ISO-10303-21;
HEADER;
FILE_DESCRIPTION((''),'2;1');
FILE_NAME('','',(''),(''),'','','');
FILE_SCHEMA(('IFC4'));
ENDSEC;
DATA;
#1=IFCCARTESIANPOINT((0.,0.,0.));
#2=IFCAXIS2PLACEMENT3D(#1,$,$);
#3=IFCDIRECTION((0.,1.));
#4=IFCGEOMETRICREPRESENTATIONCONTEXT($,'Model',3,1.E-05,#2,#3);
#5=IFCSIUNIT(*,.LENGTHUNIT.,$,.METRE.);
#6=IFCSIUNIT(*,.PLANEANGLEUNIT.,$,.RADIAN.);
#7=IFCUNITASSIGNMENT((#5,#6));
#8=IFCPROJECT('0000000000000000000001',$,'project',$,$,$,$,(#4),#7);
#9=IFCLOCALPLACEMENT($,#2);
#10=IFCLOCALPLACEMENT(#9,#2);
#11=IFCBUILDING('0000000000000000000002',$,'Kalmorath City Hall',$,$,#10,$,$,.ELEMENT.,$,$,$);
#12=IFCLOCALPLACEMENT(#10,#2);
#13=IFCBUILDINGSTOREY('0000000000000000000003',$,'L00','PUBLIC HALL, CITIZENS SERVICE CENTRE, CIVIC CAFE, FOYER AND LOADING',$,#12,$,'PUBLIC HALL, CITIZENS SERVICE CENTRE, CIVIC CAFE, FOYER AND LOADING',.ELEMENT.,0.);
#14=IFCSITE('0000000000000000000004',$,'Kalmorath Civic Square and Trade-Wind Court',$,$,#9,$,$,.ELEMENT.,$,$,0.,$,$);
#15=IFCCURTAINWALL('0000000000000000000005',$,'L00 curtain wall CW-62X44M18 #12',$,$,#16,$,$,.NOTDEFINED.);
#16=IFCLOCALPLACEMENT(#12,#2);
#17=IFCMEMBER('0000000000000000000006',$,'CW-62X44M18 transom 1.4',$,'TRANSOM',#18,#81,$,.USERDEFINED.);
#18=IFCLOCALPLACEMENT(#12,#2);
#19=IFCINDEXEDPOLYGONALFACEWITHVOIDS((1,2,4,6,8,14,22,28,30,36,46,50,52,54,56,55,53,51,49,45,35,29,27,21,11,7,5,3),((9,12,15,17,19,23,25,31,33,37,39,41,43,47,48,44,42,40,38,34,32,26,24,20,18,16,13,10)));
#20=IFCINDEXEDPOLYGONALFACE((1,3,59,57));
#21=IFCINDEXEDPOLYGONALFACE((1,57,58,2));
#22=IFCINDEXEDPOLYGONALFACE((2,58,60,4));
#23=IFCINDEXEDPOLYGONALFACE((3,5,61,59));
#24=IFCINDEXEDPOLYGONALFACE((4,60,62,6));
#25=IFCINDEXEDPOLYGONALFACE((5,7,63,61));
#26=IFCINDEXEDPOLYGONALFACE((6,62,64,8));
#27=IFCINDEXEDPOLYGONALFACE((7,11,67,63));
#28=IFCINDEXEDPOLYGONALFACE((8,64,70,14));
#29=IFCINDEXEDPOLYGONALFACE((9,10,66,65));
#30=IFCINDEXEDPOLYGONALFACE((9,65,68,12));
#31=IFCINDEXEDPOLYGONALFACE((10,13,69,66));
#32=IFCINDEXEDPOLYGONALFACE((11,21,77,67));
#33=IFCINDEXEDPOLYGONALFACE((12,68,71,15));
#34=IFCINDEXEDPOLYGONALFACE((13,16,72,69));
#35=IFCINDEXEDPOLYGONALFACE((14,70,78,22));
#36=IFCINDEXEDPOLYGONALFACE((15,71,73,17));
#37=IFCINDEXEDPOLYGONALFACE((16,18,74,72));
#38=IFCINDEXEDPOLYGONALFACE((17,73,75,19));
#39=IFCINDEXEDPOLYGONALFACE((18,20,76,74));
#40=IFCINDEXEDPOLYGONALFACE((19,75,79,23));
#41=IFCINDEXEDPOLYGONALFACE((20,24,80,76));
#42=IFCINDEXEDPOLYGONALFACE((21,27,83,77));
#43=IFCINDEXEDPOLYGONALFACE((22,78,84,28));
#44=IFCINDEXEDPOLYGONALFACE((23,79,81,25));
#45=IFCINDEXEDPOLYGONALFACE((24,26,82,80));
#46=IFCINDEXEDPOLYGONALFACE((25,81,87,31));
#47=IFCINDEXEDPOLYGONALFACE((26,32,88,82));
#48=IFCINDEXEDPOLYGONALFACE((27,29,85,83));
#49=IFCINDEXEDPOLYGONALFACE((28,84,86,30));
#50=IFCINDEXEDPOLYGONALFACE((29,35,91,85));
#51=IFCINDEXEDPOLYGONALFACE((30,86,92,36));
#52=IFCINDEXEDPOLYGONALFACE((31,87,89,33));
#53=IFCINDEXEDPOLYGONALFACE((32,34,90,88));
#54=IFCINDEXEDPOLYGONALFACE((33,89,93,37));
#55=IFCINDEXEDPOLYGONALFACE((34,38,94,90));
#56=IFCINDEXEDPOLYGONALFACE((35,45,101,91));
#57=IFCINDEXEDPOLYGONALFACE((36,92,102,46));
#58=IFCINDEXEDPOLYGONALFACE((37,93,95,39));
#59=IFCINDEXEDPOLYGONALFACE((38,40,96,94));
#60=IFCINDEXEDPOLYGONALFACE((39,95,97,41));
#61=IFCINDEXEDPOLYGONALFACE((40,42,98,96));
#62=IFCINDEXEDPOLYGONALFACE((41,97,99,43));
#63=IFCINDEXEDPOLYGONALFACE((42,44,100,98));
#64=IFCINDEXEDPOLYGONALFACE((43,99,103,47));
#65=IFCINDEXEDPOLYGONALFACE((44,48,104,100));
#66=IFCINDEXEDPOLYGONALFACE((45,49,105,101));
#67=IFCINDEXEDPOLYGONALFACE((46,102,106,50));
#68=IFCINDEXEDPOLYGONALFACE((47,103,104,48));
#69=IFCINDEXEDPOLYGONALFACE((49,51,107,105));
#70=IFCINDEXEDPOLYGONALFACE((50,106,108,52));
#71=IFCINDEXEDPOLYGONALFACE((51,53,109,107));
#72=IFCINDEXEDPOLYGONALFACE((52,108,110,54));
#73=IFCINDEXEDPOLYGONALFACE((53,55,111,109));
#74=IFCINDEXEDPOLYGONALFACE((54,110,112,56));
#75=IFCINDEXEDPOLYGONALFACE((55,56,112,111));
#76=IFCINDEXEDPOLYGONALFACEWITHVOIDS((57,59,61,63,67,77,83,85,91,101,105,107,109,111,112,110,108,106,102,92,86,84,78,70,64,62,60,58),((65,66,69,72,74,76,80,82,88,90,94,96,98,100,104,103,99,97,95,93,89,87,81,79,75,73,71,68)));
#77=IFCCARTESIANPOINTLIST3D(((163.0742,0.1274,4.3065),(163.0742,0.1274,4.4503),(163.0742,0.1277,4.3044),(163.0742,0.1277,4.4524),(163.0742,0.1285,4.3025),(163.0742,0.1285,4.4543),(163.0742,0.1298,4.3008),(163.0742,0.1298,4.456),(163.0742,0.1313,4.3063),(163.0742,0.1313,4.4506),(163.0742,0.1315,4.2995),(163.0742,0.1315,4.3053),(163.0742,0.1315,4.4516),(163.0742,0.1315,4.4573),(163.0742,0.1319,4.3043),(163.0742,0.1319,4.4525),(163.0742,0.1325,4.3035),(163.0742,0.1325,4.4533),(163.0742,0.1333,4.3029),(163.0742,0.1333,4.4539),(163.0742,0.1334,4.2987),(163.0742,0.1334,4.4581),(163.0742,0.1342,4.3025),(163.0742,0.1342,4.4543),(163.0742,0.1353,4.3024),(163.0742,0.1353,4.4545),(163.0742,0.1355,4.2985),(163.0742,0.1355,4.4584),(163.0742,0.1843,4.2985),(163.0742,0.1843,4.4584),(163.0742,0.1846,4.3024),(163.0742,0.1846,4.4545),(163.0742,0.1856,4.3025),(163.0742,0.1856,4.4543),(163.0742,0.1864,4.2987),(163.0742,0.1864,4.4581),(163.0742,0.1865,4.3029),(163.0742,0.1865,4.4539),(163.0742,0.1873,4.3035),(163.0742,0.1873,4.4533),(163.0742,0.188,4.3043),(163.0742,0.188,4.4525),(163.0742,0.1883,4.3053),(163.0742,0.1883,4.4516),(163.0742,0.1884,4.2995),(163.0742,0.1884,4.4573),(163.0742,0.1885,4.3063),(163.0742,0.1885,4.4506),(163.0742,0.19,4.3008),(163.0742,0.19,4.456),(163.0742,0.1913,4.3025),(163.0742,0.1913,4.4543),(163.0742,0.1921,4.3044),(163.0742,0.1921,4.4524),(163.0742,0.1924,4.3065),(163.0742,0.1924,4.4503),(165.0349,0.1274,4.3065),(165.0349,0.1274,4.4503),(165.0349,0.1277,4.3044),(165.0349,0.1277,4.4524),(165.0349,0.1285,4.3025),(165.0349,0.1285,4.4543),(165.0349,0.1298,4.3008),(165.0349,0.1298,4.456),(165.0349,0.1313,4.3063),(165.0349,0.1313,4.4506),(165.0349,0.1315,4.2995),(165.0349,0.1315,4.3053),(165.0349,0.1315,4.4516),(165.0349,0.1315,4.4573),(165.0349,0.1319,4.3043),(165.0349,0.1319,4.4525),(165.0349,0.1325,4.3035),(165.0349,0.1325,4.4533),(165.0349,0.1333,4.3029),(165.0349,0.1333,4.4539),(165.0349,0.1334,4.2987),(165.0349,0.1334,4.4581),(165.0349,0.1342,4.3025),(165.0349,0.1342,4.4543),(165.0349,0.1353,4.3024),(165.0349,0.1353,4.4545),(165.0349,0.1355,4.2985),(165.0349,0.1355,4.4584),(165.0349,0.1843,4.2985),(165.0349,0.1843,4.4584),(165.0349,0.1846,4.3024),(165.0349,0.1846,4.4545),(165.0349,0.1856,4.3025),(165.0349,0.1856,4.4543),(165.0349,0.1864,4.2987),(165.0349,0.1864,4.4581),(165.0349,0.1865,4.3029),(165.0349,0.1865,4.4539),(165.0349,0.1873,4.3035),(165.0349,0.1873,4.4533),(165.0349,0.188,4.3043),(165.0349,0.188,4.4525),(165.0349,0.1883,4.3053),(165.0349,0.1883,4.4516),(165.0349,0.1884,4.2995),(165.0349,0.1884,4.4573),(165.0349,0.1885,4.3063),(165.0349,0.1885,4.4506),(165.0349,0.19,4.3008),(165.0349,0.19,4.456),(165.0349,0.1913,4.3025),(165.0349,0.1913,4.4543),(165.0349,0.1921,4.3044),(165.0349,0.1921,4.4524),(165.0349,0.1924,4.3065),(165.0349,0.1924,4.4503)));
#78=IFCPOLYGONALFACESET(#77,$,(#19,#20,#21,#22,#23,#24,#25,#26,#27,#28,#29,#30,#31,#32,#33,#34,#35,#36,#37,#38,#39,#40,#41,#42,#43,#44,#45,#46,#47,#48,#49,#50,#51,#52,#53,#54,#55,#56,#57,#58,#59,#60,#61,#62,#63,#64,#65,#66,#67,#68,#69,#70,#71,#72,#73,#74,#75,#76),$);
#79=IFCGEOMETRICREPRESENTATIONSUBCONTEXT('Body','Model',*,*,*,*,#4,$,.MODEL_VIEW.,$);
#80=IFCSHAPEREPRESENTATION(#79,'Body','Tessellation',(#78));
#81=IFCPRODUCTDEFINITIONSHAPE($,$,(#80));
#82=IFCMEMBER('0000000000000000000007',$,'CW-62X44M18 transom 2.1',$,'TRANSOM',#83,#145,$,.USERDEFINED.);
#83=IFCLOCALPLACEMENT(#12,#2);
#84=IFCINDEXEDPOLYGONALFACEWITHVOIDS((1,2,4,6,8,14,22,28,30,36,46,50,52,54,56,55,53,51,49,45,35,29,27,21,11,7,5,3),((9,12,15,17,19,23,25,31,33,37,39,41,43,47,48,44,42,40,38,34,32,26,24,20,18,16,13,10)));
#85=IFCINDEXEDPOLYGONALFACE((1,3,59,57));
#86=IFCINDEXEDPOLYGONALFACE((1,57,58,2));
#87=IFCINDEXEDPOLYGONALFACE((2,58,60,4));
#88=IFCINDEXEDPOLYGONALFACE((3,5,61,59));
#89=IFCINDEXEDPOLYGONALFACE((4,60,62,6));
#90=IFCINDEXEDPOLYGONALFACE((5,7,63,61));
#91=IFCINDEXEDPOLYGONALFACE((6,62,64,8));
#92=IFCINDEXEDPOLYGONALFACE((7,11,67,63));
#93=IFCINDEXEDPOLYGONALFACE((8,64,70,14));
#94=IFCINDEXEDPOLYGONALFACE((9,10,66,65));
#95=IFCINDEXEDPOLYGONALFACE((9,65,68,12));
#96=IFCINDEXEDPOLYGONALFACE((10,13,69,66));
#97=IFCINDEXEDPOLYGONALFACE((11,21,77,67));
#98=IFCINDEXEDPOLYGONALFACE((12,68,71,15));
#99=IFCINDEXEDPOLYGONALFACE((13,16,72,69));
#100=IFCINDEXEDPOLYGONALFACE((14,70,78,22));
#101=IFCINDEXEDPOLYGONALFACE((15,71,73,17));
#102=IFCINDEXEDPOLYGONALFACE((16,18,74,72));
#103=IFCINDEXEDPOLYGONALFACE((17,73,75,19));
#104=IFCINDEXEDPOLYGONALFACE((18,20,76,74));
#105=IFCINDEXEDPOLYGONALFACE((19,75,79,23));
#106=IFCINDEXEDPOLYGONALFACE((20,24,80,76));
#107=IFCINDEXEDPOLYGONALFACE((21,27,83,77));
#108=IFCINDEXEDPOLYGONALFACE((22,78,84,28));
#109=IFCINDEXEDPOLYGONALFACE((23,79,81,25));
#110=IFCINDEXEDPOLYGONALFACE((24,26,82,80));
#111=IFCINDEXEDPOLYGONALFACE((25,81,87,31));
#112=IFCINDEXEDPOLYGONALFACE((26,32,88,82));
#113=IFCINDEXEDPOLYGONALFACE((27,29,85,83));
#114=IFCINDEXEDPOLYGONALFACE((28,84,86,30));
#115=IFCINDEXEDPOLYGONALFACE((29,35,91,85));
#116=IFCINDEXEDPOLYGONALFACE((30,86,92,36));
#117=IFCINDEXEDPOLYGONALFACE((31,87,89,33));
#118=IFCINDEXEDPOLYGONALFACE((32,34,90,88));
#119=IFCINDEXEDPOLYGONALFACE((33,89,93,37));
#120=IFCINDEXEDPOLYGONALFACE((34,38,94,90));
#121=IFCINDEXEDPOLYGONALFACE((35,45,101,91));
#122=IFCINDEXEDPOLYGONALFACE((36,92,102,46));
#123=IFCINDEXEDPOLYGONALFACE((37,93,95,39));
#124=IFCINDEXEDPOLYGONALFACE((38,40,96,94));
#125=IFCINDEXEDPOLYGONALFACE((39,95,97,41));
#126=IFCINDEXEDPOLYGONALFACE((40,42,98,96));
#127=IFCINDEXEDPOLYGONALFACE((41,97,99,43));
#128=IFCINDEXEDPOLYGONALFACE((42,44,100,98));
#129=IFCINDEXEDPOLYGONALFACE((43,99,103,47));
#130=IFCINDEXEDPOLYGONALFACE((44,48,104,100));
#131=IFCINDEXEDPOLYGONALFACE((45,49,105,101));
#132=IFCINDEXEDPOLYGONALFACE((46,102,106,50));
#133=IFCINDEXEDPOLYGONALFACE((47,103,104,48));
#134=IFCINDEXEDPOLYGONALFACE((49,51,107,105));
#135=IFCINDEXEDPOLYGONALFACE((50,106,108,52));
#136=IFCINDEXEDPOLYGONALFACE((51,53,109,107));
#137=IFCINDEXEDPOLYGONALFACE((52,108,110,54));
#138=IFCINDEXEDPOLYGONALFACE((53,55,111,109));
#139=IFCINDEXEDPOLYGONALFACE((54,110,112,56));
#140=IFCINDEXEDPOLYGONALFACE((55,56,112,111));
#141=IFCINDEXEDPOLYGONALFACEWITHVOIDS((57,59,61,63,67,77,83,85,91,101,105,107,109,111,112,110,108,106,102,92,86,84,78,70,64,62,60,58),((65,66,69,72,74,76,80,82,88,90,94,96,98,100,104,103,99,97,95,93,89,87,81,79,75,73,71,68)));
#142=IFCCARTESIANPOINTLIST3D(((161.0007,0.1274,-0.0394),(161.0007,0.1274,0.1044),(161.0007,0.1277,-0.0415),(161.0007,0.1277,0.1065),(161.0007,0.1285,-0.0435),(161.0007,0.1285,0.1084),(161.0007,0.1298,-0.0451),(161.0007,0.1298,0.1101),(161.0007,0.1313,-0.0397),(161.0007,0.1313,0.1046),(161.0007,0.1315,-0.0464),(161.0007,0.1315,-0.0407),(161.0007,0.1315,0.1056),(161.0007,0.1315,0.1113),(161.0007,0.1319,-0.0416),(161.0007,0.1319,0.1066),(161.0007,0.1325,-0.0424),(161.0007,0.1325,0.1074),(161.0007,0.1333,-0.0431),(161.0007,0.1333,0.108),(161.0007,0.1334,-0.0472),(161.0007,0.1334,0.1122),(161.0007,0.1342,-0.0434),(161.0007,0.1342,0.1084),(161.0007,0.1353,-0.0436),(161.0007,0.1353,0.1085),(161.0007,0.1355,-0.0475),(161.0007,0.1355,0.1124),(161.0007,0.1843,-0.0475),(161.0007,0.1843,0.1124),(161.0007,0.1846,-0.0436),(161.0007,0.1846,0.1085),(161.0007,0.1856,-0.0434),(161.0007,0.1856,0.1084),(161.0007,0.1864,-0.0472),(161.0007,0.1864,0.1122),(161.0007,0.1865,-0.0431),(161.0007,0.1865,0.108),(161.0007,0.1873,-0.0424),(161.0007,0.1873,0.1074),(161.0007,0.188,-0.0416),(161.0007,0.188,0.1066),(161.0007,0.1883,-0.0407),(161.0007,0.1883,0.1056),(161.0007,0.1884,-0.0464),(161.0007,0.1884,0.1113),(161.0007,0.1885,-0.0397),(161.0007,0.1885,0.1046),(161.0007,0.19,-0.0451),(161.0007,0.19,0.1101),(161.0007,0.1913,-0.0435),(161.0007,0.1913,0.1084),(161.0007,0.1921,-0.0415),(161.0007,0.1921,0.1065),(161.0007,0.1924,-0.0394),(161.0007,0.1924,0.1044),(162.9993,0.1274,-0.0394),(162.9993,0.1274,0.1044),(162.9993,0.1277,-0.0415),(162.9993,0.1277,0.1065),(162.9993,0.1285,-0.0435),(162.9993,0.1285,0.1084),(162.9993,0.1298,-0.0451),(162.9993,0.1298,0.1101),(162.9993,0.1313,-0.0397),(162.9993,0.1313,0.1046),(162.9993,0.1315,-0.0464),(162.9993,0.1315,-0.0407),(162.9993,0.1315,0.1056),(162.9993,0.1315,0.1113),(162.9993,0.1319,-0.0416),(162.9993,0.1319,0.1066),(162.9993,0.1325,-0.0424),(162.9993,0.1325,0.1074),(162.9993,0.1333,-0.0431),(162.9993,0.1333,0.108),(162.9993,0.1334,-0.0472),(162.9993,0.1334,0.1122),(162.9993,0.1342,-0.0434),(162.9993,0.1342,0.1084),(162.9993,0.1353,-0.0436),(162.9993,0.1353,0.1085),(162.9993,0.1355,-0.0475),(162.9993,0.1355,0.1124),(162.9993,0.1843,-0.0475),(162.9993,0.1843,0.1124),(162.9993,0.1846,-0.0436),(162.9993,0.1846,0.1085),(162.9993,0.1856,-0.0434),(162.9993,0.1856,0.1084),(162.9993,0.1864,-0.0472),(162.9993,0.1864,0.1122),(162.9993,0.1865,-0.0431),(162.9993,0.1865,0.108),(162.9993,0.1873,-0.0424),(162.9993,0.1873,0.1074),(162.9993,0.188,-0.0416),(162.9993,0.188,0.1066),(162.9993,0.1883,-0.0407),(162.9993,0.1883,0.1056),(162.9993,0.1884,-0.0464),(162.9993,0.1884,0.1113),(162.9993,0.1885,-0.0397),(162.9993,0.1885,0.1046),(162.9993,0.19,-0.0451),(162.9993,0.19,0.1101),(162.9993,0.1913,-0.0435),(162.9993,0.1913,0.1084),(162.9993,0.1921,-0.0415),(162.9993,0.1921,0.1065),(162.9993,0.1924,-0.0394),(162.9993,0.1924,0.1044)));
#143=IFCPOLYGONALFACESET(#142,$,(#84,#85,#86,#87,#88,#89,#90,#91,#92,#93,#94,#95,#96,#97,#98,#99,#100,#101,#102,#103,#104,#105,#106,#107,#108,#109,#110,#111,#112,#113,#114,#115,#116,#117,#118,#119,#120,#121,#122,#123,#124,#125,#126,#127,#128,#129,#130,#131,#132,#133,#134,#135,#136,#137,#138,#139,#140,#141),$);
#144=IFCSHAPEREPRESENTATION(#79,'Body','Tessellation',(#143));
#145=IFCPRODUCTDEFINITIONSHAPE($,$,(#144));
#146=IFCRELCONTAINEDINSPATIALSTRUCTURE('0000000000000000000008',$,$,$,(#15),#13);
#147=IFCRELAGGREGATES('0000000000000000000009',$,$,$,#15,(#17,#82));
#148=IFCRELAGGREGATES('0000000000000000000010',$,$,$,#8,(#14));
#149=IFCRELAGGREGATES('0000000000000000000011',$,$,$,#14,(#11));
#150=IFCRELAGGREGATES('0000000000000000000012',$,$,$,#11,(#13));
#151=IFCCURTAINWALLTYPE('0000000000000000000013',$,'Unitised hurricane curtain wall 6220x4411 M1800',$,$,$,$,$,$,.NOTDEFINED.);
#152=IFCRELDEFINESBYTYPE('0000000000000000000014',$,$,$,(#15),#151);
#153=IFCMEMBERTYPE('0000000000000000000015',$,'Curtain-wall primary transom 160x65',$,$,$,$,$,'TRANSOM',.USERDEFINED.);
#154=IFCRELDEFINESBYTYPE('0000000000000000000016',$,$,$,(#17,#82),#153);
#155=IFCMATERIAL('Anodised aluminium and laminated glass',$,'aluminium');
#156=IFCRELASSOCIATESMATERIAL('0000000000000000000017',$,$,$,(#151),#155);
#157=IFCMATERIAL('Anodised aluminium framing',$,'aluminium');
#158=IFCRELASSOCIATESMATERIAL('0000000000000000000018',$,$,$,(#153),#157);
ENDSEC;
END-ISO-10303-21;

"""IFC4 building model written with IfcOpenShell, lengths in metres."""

from ifc_helpers import new_model, si_unit, direction, frame, origin, origin_2d, place, context, subcontext, project, spatial, hollow_rectangle, extrude, material, material_profile, profile_set, type_object, element, aggregate, save


model = new_model("IFC4")

# Units and contexts
model_context = context("Model", 3, precision=1e-05, world=origin(), true_north=direction((0.0, 1.0)))
body_context = subcontext(model_context, "Body", "Model", "MODEL_VIEW")
ifc_project = project(units=[si_unit("LENGTHUNIT", "METRE"), si_unit("PLANEANGLEUNIT", "RADIAN")], contexts=[model_context])

# Site, building, storey
site_placement = place(None, origin())
site = spatial("IfcSite", under=ifc_project, at=site_placement, Name="Kalmorath Civic Square and Trade-Wind Court", CompositionType="ELEMENT", RefElevation=0.0)
building_placement = place(site_placement, origin())
building = spatial("IfcBuilding", under=site, at=building_placement, Name="Kalmorath City Hall", CompositionType="ELEMENT")
storey_placement = place(building_placement, origin())
storey = spatial("IfcBuildingStorey", under=building, at=storey_placement, Name="L00", Description="PUBLIC HALL, CITIZENS SERVICE CENTRE, CIVIC CAFE, FOYER AND LOADING", LongName="PUBLIC HALL, CITIZENS SERVICE CENTRE, CIVIC CAFE, FOYER AND LOADING", CompositionType="ELEMENT", Elevation=0.0)

# Curtain wall, members
ifc_material_1 = material(Name="Anodised aluminium and laminated glass", Category="aluminium")
curtain_wall_type = type_object("IfcCurtainWallType", Name="Unitised hurricane curtain wall 6220x4411 M1800", PredefinedType="NOTDEFINED", material=ifc_material_1)
curtain_wall_placement = place(storey_placement, origin())
curtain_wall = element("IfcCurtainWall", 1, at=curtain_wall_placement, inside=storey, type_object=curtain_wall_type, Name="L00 curtain wall CW-62X44M18 #12", PredefinedType="NOTDEFINED")
ifc_material_2 = material(Name="Anodised aluminium framing", Category="aluminium")
ifc_material_profile_1 = material_profile(ifc_material_2, hollow_rectangle(XDim=0.0649, YDim=0.1599, WallThickness=0.0039, InnerFilletRadius=0.0039, OuterFilletRadius=0.0081, at=origin_2d()), Name="ALU-TRN-160X65X4")
ifc_profile_set_1 = profile_set([ifc_material_profile_1], Name="Anodised aluminium framing")
member_type_1 = type_object("IfcMemberType", Name="Curtain-wall primary transom 160x65", ElementType="TRANSOM", PredefinedType="USERDEFINED", material=ifc_profile_set_1)
member_1_placement = place(storey_placement, frame((165.0349, 0.1599, 4.3784), z_axis=(-1.0, 0.0, 0.0), x_axis=(0.0, -1.0, 0.0)))
member_1 = element("IfcMember", 2, at=member_1_placement, type_object=member_type_1, Name="CW-62X44M18 transom 1.4", ObjectType="TRANSOM", PredefinedType="USERDEFINED", context=body_context, shape_type="SweptSolid", body=[
    extrude(hollow_rectangle(XDim=0.0649, YDim=0.1599, WallThickness=0.0039, InnerFilletRadius=0.0039, OuterFilletRadius=0.0081, at=origin_2d()), origin(), (0.0, 0.0, 1.0), 1.9607),
])
member_2_placement = place(storey_placement, frame((162.9993, 0.1599, 0.0325), z_axis=(-1.0, 0.0, 0.0), x_axis=(0.0, -1.0, 0.0)))
member_2 = element("IfcMember", 3, at=member_2_placement, type_object=member_type_1, Name="CW-62X44M18 transom 2.1", ObjectType="TRANSOM", PredefinedType="USERDEFINED", context=body_context, shape_type="SweptSolid", body=[
    extrude(hollow_rectangle(XDim=0.0649, YDim=0.1599, WallThickness=0.0039, InnerFilletRadius=0.0039, OuterFilletRadius=0.0081, at=origin_2d()), origin(), (0.0, 0.0, 1.0), 1.9985),
])
aggregate(curtain_wall, [member_1, member_2])

save(model, "model.ifc")
